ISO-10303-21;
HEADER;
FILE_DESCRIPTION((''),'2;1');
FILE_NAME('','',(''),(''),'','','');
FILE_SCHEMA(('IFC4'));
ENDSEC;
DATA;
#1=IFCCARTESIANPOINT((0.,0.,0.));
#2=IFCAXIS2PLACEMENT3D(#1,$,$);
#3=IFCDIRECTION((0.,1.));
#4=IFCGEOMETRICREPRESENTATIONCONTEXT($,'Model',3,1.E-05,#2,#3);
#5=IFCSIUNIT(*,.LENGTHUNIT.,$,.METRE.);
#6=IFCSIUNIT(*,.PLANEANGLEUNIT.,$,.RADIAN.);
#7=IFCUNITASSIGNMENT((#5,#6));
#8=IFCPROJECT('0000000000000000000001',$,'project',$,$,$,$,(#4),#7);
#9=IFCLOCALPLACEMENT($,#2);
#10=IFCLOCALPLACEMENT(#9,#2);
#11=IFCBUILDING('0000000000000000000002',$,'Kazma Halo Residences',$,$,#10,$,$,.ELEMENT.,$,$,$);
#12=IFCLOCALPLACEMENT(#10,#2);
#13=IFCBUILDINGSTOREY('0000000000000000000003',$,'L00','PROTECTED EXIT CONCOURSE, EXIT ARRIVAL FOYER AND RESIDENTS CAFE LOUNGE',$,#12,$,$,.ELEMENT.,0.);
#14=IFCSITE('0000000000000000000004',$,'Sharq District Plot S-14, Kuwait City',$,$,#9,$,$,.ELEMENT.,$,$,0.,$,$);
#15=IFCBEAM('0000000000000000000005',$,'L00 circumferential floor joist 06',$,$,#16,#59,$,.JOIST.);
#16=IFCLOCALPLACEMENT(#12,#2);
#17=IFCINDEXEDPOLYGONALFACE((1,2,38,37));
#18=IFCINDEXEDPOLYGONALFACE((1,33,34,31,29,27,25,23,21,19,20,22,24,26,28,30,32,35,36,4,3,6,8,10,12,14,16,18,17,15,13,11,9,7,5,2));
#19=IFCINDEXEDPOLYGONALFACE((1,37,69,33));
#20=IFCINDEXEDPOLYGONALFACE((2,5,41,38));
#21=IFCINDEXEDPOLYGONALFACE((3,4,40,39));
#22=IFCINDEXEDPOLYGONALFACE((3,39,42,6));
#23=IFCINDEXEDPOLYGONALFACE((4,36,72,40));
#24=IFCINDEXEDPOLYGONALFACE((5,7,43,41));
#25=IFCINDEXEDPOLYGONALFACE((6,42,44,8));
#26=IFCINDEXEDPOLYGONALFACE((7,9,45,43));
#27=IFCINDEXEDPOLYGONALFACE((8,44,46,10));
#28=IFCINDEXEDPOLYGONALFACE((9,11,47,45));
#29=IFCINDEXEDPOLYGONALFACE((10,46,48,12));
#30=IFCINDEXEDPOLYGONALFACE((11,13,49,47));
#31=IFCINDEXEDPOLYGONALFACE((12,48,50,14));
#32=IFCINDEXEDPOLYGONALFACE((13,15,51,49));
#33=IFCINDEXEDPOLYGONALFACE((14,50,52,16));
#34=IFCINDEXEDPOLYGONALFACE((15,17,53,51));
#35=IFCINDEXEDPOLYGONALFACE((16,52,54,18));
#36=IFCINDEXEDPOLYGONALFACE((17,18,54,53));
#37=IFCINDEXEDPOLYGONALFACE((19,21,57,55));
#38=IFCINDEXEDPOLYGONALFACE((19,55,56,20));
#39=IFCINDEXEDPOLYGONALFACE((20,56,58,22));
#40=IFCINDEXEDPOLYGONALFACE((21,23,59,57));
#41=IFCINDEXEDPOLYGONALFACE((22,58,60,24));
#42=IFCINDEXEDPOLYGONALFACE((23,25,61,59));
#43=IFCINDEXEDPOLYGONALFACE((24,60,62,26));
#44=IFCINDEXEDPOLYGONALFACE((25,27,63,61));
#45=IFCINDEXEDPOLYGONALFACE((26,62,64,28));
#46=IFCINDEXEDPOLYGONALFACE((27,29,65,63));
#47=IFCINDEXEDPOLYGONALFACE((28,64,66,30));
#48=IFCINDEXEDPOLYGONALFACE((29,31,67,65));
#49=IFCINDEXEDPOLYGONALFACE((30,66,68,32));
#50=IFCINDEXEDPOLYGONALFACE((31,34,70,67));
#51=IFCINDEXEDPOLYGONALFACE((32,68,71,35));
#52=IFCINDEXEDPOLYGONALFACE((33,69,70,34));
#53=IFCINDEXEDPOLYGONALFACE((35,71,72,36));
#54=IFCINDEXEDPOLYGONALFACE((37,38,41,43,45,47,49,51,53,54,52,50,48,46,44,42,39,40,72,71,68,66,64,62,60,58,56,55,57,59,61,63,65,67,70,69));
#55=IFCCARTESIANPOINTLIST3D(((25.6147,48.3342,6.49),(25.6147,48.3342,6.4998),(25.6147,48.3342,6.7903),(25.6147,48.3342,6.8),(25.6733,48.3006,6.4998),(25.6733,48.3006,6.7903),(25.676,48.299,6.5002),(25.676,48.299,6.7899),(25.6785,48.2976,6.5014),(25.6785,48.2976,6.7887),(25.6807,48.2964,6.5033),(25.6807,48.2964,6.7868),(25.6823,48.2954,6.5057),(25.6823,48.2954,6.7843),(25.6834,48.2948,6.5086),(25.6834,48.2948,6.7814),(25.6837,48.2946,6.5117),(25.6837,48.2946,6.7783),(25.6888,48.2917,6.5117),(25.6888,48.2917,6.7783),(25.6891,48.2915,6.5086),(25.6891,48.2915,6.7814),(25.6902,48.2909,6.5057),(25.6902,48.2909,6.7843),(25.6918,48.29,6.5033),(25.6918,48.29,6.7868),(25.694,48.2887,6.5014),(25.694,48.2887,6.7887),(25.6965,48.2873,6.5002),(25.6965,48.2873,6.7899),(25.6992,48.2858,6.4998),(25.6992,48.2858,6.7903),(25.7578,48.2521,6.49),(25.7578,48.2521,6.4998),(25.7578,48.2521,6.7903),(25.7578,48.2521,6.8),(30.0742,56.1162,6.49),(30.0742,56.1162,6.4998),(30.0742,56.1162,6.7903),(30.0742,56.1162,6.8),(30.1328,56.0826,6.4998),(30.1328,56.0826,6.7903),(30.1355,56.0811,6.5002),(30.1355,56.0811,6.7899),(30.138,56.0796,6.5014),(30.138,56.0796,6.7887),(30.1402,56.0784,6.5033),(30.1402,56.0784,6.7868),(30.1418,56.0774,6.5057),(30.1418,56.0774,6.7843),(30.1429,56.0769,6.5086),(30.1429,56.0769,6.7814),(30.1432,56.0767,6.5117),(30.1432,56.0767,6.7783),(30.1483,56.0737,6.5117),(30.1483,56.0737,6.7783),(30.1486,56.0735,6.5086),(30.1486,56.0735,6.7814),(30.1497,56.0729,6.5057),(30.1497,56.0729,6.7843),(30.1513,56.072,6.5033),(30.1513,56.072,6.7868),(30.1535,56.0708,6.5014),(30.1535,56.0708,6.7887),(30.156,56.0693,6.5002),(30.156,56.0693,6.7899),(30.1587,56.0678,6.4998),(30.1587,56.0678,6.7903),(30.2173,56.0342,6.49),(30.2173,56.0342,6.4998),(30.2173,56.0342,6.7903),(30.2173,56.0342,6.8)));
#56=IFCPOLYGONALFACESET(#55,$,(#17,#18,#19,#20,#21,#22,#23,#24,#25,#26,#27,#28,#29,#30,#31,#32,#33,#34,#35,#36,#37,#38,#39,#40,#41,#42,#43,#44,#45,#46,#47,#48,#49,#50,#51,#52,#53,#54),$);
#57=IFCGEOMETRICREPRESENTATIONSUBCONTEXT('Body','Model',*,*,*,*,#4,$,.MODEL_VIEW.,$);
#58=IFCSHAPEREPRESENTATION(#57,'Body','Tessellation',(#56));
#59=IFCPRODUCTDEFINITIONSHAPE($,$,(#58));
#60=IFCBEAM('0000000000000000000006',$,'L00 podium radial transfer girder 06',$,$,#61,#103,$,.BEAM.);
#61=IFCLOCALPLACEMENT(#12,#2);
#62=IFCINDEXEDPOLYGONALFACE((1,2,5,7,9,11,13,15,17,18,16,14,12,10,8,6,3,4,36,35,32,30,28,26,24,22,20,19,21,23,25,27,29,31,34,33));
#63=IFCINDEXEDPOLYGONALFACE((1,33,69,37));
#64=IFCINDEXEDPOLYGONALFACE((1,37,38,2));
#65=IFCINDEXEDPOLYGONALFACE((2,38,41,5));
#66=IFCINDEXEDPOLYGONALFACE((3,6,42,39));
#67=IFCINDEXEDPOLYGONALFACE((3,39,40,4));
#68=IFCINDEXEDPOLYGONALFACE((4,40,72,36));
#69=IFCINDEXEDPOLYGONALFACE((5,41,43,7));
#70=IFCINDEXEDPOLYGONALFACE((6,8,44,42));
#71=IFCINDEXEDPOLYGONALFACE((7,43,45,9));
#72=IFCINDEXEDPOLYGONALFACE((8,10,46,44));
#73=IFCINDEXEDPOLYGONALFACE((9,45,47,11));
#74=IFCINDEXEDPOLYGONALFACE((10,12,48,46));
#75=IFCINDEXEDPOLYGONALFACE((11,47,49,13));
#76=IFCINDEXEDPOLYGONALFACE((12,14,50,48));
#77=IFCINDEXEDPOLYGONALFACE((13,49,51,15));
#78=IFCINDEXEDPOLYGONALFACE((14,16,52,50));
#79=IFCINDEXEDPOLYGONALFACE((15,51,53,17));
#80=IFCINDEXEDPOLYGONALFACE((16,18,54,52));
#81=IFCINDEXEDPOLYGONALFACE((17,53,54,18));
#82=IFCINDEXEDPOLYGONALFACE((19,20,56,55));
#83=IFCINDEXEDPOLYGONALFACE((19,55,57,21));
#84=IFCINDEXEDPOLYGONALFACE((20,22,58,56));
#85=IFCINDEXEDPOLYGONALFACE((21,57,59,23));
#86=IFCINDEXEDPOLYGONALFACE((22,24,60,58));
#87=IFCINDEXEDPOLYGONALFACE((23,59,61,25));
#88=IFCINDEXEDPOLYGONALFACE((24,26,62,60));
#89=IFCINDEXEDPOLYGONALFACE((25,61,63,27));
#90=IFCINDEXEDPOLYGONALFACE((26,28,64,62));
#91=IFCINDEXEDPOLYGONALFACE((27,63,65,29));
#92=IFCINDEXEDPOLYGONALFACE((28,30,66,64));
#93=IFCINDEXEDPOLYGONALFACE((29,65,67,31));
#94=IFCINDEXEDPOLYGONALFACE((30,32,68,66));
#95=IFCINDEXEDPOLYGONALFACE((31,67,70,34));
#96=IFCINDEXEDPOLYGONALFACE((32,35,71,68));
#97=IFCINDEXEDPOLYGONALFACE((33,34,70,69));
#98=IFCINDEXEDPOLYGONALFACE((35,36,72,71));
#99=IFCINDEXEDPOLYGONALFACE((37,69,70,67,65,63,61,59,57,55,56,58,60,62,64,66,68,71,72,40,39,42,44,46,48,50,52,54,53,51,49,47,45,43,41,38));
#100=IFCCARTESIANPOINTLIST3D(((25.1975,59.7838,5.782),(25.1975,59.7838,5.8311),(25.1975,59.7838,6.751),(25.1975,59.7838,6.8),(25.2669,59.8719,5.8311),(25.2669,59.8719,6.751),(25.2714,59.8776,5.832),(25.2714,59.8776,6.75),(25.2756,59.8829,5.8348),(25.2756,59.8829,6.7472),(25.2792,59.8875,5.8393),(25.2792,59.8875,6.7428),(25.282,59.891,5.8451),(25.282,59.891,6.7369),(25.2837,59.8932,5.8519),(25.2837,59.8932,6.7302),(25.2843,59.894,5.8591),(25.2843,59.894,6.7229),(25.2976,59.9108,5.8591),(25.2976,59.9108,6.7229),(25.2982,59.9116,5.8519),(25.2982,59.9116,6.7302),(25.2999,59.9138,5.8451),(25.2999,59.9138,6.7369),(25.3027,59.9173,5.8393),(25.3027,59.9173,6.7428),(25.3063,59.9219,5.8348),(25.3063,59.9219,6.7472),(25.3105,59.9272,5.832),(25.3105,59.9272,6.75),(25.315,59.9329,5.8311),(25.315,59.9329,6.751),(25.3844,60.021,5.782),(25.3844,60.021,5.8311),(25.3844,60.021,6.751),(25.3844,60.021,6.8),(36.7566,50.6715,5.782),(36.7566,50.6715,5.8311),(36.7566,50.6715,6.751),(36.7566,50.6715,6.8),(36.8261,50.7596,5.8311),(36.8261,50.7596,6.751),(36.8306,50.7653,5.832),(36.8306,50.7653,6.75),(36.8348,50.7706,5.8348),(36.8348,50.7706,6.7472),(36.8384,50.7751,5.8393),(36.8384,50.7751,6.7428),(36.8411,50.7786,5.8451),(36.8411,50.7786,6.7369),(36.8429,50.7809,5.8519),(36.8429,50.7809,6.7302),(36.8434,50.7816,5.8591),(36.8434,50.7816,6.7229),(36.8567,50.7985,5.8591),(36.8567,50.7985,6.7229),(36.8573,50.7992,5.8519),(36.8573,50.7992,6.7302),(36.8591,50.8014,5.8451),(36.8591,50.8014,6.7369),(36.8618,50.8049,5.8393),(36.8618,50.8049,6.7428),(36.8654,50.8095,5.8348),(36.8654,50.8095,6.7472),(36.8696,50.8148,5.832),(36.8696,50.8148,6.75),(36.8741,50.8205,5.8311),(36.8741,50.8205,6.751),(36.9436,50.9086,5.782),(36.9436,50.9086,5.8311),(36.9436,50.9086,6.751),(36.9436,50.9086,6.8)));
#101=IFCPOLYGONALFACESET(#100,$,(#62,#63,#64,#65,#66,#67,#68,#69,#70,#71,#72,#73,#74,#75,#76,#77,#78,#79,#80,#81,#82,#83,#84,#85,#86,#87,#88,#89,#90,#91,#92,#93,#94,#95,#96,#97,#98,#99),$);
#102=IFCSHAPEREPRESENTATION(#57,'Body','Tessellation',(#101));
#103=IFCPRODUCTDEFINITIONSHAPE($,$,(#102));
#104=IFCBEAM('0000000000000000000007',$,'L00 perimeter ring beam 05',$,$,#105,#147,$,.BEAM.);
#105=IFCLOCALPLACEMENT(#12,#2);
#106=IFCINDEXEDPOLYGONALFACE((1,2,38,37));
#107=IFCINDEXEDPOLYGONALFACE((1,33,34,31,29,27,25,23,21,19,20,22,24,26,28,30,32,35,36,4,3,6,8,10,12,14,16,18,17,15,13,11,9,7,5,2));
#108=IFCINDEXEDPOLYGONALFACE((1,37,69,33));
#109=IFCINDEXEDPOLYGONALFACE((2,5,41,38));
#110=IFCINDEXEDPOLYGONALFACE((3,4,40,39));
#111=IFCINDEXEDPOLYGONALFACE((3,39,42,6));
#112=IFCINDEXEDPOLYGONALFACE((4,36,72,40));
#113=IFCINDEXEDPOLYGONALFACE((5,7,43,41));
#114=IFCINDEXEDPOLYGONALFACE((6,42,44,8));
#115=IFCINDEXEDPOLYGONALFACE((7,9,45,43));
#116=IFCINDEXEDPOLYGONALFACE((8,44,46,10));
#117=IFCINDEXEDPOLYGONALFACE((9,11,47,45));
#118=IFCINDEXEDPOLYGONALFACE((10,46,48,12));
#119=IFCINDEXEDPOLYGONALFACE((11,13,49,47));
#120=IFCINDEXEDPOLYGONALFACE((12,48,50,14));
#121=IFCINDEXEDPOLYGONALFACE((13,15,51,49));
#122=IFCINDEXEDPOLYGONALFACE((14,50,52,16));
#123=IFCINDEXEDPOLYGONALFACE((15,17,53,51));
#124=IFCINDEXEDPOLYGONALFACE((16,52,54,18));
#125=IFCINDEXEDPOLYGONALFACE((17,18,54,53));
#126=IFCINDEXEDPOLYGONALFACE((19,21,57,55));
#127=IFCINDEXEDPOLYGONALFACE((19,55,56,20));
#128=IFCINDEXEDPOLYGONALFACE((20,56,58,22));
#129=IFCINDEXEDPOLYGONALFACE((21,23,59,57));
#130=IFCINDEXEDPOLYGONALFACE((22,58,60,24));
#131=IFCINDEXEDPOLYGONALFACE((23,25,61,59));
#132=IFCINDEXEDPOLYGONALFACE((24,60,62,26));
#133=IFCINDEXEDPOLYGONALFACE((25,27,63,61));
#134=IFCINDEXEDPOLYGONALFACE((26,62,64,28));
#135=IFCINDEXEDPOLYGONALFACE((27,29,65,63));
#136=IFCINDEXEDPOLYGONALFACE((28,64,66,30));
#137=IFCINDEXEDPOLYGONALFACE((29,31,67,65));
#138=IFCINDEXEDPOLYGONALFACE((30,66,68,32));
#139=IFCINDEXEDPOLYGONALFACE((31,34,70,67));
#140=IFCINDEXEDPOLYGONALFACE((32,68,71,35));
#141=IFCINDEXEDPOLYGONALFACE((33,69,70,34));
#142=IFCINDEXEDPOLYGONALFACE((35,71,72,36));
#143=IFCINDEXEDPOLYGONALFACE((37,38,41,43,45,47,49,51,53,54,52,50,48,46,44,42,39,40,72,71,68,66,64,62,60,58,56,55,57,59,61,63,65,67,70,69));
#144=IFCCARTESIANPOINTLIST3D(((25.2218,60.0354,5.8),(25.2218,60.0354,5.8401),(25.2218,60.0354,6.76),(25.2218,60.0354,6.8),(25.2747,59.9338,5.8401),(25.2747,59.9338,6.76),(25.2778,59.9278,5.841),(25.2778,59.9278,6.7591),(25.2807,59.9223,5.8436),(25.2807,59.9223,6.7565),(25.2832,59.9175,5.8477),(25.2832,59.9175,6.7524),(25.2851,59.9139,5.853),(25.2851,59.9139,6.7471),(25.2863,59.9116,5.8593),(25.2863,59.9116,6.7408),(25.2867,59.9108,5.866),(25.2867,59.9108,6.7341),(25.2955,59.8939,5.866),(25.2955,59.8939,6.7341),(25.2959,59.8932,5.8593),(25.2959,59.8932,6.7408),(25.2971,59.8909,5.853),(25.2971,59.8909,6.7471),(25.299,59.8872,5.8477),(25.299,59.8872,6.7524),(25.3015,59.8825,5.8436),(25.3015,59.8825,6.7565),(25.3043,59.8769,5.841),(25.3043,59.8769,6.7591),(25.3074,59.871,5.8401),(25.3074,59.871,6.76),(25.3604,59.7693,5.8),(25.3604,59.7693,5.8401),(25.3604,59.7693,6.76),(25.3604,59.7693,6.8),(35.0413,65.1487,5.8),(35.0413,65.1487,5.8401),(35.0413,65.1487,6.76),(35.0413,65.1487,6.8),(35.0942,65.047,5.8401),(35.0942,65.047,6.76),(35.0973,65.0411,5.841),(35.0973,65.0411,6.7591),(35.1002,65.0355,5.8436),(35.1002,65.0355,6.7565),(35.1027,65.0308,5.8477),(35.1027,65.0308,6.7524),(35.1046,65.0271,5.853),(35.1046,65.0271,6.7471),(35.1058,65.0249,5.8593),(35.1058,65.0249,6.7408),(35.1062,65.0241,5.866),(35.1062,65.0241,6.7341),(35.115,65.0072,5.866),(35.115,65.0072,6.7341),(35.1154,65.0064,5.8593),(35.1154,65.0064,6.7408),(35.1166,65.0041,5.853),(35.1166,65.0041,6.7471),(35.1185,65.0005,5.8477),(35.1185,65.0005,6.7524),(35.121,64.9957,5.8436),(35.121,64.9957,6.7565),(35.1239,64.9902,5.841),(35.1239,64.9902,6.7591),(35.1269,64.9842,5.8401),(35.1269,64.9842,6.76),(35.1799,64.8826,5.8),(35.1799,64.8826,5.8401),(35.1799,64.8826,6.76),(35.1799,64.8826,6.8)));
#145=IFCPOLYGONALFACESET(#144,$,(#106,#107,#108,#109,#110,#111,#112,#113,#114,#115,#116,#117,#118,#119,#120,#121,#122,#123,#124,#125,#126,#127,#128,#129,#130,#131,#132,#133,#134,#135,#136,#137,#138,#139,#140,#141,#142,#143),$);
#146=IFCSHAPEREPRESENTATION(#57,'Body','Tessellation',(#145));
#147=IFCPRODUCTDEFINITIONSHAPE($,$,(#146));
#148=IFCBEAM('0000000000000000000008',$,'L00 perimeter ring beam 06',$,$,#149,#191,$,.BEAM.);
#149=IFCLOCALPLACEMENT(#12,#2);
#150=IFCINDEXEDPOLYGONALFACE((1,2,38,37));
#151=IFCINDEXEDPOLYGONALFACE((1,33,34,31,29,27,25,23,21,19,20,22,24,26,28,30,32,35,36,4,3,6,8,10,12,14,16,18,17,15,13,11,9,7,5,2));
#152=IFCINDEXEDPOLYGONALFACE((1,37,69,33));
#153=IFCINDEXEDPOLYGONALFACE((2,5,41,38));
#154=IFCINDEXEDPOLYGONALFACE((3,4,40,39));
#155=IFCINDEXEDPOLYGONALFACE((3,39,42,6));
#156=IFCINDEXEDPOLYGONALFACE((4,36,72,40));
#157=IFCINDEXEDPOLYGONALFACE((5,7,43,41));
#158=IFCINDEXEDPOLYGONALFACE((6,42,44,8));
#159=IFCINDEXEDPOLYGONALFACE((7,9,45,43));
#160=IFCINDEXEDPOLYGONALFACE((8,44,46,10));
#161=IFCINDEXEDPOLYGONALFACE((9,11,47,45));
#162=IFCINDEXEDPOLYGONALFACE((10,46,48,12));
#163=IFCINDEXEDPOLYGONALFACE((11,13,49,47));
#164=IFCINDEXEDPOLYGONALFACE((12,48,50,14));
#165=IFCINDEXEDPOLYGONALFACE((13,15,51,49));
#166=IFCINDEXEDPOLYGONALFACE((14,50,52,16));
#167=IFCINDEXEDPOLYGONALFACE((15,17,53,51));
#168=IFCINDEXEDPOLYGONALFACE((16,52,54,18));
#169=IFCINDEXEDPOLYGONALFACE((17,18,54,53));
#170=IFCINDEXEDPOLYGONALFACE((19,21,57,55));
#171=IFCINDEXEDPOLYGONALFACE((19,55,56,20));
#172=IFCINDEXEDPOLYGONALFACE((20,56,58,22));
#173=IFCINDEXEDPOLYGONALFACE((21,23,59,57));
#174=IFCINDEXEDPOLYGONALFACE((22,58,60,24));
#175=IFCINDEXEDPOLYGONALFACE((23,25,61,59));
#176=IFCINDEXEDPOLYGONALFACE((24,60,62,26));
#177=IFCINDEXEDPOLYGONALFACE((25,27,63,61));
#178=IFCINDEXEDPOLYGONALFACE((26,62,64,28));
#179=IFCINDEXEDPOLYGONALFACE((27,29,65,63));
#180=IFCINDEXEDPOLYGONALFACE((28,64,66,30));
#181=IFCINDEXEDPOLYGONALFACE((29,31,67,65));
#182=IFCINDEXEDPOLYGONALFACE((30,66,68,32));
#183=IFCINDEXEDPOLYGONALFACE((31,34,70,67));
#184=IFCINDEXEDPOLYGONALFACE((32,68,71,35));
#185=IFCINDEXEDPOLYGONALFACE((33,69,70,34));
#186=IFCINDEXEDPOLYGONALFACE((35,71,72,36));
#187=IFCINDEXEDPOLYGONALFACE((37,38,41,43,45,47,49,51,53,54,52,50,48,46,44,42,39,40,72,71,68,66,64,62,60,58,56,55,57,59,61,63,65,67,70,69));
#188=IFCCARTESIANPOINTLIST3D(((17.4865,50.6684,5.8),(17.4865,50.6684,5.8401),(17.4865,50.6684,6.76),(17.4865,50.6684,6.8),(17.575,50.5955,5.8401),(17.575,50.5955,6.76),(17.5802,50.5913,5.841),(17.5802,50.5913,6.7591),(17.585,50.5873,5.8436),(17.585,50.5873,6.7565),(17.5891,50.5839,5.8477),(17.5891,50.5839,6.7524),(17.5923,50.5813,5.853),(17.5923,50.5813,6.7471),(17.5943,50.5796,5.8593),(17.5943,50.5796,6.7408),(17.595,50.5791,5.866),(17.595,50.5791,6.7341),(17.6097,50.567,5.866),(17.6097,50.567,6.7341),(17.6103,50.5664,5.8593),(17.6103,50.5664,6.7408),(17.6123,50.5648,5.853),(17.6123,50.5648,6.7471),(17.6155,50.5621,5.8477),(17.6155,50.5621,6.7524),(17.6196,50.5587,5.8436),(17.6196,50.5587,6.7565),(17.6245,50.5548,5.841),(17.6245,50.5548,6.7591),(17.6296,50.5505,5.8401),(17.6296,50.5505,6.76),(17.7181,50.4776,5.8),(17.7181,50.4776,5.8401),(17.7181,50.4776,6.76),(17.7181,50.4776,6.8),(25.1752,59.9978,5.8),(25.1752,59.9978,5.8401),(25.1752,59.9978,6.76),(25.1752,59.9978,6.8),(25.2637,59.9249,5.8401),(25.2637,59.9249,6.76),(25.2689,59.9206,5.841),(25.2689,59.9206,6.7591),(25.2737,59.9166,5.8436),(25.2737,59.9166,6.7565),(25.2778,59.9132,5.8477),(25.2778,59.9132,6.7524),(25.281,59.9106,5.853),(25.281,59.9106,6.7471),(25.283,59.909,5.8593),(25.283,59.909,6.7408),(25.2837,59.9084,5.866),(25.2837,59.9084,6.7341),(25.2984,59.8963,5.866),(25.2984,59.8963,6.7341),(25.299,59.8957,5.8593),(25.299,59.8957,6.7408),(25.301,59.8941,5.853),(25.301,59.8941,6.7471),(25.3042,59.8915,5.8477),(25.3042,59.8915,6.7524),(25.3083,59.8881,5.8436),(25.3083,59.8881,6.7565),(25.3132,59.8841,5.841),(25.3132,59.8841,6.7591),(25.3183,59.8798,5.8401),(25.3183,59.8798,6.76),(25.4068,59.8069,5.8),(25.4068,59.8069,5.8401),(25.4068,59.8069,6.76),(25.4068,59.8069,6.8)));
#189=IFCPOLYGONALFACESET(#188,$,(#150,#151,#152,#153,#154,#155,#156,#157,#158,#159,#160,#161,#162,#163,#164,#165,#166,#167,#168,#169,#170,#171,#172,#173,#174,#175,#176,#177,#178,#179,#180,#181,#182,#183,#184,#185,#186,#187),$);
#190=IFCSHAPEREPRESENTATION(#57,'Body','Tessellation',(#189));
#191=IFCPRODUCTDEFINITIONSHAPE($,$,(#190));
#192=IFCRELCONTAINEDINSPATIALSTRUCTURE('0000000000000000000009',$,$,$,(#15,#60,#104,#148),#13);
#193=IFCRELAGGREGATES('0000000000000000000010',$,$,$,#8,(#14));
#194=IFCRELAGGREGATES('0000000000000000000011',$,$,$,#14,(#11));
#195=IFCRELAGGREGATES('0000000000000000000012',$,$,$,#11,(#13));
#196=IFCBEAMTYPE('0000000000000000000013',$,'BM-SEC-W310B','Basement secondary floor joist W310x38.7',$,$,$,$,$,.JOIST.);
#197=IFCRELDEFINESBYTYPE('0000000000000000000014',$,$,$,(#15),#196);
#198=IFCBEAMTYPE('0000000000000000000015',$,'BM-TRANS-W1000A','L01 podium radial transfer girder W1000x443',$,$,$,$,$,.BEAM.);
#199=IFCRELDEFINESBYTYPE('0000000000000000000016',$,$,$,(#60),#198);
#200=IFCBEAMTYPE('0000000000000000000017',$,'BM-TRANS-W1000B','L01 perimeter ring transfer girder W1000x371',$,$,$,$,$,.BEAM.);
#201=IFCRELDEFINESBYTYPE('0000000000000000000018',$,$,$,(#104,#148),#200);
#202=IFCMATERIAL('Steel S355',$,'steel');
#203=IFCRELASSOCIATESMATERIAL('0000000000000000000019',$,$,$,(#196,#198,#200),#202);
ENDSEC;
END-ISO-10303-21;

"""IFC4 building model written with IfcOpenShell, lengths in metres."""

from ifc_helpers import new_model, si_unit, direction, frame, origin, origin_2d, place, context, subcontext, project, spatial, i_section, extrude, material, material_profile, profile_set, type_object, element, save


model = new_model("IFC4")

# Units and contexts
model_context = context("Model", 3, precision=1e-05, world=origin(), true_north=direction((0.0, 1.0)))
body_context = subcontext(model_context, "Body", "Model", "MODEL_VIEW")
ifc_project = project(units=[si_unit("LENGTHUNIT", "METRE"), si_unit("PLANEANGLEUNIT", "RADIAN")], contexts=[model_context])

# Site, building, storey
site_placement = place(None, origin())
site = spatial("IfcSite", under=ifc_project, at=site_placement, Name="Sharq District Plot S-14, Kuwait City", CompositionType="ELEMENT", RefElevation=0.0)
building_placement = place(site_placement, origin())
building = spatial("IfcBuilding", under=site, at=building_placement, Name="Kazma Halo Residences", CompositionType="ELEMENT")
storey_placement = place(building_placement, origin())
storey = spatial("IfcBuildingStorey", under=building, at=storey_placement, Name="L00", Description="PROTECTED EXIT CONCOURSE, EXIT ARRIVAL FOYER AND RESIDENTS CAFE LOUNGE", CompositionType="ELEMENT", Elevation=0.0)

# Beams
ifc_material_1 = material(Name="Steel S355", Category="steel")
ifc_material_profile_1 = material_profile(ifc_material_1, i_section(OverallWidth=0.165, OverallDepth=0.3101, WebThickness=0.0059, FlangeThickness=0.0098, FilletRadius=0.012, at=origin_2d()), Name="W310x38.7")
ifc_profile_set_1 = profile_set([ifc_material_profile_1], Name="Steel S355")
beam_type_1 = type_object("IfcBeamType", Name="BM-SEC-W310B", Description="Basement secondary floor joist W310x38.7", PredefinedType="JOIST", material=ifc_profile_set_1)
beam_1_placement = place(storey_placement, frame((30.1458, 56.0752, 6.645), z_axis=(-0.4972, -0.867636, 0.0), x_axis=(0.867636, -0.4972, 0.0)))
element("IfcBeam", 1, at=beam_1_placement, inside=storey, type_object=beam_type_1, Name="L00 circumferential floor joist 06", PredefinedType="JOIST", context=body_context, shape_type="SweptSolid", body=[
    extrude(i_section(OverallWidth=0.165, OverallDepth=0.3101, WebThickness=0.0059, FlangeThickness=0.0098, FilletRadius=0.012, at=origin_2d()), origin(), (0.0, 0.0, 1.0), 8.9692),
])
ifc_material_profile_2 = material_profile(ifc_material_1, i_section(OverallWidth=0.302, OverallDepth=1.0181, WebThickness=0.0215, FlangeThickness=0.0491, FilletRadius=0.0281, at=origin_2d()), Name="W1000x443")
ifc_profile_set_2 = profile_set([ifc_material_profile_2], Name="Steel S355")
beam_type_2 = type_object("IfcBeamType", Name="BM-TRANS-W1000A", Description="L01 podium radial transfer girder W1000x443", PredefinedType="BEAM", material=ifc_profile_set_2)
beam_2_placement = place(storey_placement, frame((36.8501, 50.79, 6.291), z_axis=(-0.785322, 0.619088, 0.0), x_axis=(-0.619088, -0.785322, 0.0)))
element("IfcBeam", 2, at=beam_2_placement, inside=storey, type_object=beam_type_2, Name="L00 podium radial transfer girder 06", PredefinedType="BEAM", context=body_context, shape_type="SweptSolid", body=[
    extrude(i_section(OverallWidth=0.302, OverallDepth=1.0181, WebThickness=0.0215, FlangeThickness=0.0491, FilletRadius=0.0281, at=origin_2d()), origin(), (0.0, 0.0, 1.0), 14.719),
])
ifc_material_profile_3 = material_profile(ifc_material_1, i_section(OverallWidth=0.3, OverallDepth=1.0, WebThickness=0.019, FlangeThickness=0.04, FilletRadius=0.0259, at=origin_2d()), Name="W1000x371")
ifc_profile_set_3 = profile_set([ifc_material_profile_3], Name="Steel S355")
beam_type_3 = type_object("IfcBeamType", Name="BM-TRANS-W1000B", Description="L01 perimeter ring transfer girder W1000x371", PredefinedType="BEAM", material=ifc_profile_set_3)
beam_3_placement = place(storey_placement, frame((35.1106, 65.0156, 6.3), z_axis=(-0.886954, -0.461857, 0.0), x_axis=(0.461857, -0.886954, 0.0)))
element("IfcBeam", 3, at=beam_3_placement, inside=storey, type_object=beam_type_3, Name="L00 perimeter ring beam 05", PredefinedType="BEAM", context=body_context, shape_type="SweptSolid", body=[
    extrude(i_section(OverallWidth=0.3, OverallDepth=1.0, WebThickness=0.019, FlangeThickness=0.04, FilletRadius=0.0259, at=origin_2d()), origin(), (0.0, 0.0, 1.0), 11.071),
])
beam_4_placement = place(storey_placement, frame((25.291, 59.9023, 6.3), z_axis=(-0.63599, -0.771698, 0.0), x_axis=(0.771698, -0.63599, 0.0)))
element("IfcBeam", 4, at=beam_4_placement, inside=storey, type_object=beam_type_3, Name="L00 perimeter ring beam 06", PredefinedType="BEAM", context=body_context, shape_type="SweptSolid", body=[
    extrude(i_section(OverallWidth=0.3, OverallDepth=1.0, WebThickness=0.019, FlangeThickness=0.04, FilletRadius=0.0259, at=origin_2d()), origin(), (0.0, 0.0, 1.0), 12.0894),
])

save(model, "model.ifc")
